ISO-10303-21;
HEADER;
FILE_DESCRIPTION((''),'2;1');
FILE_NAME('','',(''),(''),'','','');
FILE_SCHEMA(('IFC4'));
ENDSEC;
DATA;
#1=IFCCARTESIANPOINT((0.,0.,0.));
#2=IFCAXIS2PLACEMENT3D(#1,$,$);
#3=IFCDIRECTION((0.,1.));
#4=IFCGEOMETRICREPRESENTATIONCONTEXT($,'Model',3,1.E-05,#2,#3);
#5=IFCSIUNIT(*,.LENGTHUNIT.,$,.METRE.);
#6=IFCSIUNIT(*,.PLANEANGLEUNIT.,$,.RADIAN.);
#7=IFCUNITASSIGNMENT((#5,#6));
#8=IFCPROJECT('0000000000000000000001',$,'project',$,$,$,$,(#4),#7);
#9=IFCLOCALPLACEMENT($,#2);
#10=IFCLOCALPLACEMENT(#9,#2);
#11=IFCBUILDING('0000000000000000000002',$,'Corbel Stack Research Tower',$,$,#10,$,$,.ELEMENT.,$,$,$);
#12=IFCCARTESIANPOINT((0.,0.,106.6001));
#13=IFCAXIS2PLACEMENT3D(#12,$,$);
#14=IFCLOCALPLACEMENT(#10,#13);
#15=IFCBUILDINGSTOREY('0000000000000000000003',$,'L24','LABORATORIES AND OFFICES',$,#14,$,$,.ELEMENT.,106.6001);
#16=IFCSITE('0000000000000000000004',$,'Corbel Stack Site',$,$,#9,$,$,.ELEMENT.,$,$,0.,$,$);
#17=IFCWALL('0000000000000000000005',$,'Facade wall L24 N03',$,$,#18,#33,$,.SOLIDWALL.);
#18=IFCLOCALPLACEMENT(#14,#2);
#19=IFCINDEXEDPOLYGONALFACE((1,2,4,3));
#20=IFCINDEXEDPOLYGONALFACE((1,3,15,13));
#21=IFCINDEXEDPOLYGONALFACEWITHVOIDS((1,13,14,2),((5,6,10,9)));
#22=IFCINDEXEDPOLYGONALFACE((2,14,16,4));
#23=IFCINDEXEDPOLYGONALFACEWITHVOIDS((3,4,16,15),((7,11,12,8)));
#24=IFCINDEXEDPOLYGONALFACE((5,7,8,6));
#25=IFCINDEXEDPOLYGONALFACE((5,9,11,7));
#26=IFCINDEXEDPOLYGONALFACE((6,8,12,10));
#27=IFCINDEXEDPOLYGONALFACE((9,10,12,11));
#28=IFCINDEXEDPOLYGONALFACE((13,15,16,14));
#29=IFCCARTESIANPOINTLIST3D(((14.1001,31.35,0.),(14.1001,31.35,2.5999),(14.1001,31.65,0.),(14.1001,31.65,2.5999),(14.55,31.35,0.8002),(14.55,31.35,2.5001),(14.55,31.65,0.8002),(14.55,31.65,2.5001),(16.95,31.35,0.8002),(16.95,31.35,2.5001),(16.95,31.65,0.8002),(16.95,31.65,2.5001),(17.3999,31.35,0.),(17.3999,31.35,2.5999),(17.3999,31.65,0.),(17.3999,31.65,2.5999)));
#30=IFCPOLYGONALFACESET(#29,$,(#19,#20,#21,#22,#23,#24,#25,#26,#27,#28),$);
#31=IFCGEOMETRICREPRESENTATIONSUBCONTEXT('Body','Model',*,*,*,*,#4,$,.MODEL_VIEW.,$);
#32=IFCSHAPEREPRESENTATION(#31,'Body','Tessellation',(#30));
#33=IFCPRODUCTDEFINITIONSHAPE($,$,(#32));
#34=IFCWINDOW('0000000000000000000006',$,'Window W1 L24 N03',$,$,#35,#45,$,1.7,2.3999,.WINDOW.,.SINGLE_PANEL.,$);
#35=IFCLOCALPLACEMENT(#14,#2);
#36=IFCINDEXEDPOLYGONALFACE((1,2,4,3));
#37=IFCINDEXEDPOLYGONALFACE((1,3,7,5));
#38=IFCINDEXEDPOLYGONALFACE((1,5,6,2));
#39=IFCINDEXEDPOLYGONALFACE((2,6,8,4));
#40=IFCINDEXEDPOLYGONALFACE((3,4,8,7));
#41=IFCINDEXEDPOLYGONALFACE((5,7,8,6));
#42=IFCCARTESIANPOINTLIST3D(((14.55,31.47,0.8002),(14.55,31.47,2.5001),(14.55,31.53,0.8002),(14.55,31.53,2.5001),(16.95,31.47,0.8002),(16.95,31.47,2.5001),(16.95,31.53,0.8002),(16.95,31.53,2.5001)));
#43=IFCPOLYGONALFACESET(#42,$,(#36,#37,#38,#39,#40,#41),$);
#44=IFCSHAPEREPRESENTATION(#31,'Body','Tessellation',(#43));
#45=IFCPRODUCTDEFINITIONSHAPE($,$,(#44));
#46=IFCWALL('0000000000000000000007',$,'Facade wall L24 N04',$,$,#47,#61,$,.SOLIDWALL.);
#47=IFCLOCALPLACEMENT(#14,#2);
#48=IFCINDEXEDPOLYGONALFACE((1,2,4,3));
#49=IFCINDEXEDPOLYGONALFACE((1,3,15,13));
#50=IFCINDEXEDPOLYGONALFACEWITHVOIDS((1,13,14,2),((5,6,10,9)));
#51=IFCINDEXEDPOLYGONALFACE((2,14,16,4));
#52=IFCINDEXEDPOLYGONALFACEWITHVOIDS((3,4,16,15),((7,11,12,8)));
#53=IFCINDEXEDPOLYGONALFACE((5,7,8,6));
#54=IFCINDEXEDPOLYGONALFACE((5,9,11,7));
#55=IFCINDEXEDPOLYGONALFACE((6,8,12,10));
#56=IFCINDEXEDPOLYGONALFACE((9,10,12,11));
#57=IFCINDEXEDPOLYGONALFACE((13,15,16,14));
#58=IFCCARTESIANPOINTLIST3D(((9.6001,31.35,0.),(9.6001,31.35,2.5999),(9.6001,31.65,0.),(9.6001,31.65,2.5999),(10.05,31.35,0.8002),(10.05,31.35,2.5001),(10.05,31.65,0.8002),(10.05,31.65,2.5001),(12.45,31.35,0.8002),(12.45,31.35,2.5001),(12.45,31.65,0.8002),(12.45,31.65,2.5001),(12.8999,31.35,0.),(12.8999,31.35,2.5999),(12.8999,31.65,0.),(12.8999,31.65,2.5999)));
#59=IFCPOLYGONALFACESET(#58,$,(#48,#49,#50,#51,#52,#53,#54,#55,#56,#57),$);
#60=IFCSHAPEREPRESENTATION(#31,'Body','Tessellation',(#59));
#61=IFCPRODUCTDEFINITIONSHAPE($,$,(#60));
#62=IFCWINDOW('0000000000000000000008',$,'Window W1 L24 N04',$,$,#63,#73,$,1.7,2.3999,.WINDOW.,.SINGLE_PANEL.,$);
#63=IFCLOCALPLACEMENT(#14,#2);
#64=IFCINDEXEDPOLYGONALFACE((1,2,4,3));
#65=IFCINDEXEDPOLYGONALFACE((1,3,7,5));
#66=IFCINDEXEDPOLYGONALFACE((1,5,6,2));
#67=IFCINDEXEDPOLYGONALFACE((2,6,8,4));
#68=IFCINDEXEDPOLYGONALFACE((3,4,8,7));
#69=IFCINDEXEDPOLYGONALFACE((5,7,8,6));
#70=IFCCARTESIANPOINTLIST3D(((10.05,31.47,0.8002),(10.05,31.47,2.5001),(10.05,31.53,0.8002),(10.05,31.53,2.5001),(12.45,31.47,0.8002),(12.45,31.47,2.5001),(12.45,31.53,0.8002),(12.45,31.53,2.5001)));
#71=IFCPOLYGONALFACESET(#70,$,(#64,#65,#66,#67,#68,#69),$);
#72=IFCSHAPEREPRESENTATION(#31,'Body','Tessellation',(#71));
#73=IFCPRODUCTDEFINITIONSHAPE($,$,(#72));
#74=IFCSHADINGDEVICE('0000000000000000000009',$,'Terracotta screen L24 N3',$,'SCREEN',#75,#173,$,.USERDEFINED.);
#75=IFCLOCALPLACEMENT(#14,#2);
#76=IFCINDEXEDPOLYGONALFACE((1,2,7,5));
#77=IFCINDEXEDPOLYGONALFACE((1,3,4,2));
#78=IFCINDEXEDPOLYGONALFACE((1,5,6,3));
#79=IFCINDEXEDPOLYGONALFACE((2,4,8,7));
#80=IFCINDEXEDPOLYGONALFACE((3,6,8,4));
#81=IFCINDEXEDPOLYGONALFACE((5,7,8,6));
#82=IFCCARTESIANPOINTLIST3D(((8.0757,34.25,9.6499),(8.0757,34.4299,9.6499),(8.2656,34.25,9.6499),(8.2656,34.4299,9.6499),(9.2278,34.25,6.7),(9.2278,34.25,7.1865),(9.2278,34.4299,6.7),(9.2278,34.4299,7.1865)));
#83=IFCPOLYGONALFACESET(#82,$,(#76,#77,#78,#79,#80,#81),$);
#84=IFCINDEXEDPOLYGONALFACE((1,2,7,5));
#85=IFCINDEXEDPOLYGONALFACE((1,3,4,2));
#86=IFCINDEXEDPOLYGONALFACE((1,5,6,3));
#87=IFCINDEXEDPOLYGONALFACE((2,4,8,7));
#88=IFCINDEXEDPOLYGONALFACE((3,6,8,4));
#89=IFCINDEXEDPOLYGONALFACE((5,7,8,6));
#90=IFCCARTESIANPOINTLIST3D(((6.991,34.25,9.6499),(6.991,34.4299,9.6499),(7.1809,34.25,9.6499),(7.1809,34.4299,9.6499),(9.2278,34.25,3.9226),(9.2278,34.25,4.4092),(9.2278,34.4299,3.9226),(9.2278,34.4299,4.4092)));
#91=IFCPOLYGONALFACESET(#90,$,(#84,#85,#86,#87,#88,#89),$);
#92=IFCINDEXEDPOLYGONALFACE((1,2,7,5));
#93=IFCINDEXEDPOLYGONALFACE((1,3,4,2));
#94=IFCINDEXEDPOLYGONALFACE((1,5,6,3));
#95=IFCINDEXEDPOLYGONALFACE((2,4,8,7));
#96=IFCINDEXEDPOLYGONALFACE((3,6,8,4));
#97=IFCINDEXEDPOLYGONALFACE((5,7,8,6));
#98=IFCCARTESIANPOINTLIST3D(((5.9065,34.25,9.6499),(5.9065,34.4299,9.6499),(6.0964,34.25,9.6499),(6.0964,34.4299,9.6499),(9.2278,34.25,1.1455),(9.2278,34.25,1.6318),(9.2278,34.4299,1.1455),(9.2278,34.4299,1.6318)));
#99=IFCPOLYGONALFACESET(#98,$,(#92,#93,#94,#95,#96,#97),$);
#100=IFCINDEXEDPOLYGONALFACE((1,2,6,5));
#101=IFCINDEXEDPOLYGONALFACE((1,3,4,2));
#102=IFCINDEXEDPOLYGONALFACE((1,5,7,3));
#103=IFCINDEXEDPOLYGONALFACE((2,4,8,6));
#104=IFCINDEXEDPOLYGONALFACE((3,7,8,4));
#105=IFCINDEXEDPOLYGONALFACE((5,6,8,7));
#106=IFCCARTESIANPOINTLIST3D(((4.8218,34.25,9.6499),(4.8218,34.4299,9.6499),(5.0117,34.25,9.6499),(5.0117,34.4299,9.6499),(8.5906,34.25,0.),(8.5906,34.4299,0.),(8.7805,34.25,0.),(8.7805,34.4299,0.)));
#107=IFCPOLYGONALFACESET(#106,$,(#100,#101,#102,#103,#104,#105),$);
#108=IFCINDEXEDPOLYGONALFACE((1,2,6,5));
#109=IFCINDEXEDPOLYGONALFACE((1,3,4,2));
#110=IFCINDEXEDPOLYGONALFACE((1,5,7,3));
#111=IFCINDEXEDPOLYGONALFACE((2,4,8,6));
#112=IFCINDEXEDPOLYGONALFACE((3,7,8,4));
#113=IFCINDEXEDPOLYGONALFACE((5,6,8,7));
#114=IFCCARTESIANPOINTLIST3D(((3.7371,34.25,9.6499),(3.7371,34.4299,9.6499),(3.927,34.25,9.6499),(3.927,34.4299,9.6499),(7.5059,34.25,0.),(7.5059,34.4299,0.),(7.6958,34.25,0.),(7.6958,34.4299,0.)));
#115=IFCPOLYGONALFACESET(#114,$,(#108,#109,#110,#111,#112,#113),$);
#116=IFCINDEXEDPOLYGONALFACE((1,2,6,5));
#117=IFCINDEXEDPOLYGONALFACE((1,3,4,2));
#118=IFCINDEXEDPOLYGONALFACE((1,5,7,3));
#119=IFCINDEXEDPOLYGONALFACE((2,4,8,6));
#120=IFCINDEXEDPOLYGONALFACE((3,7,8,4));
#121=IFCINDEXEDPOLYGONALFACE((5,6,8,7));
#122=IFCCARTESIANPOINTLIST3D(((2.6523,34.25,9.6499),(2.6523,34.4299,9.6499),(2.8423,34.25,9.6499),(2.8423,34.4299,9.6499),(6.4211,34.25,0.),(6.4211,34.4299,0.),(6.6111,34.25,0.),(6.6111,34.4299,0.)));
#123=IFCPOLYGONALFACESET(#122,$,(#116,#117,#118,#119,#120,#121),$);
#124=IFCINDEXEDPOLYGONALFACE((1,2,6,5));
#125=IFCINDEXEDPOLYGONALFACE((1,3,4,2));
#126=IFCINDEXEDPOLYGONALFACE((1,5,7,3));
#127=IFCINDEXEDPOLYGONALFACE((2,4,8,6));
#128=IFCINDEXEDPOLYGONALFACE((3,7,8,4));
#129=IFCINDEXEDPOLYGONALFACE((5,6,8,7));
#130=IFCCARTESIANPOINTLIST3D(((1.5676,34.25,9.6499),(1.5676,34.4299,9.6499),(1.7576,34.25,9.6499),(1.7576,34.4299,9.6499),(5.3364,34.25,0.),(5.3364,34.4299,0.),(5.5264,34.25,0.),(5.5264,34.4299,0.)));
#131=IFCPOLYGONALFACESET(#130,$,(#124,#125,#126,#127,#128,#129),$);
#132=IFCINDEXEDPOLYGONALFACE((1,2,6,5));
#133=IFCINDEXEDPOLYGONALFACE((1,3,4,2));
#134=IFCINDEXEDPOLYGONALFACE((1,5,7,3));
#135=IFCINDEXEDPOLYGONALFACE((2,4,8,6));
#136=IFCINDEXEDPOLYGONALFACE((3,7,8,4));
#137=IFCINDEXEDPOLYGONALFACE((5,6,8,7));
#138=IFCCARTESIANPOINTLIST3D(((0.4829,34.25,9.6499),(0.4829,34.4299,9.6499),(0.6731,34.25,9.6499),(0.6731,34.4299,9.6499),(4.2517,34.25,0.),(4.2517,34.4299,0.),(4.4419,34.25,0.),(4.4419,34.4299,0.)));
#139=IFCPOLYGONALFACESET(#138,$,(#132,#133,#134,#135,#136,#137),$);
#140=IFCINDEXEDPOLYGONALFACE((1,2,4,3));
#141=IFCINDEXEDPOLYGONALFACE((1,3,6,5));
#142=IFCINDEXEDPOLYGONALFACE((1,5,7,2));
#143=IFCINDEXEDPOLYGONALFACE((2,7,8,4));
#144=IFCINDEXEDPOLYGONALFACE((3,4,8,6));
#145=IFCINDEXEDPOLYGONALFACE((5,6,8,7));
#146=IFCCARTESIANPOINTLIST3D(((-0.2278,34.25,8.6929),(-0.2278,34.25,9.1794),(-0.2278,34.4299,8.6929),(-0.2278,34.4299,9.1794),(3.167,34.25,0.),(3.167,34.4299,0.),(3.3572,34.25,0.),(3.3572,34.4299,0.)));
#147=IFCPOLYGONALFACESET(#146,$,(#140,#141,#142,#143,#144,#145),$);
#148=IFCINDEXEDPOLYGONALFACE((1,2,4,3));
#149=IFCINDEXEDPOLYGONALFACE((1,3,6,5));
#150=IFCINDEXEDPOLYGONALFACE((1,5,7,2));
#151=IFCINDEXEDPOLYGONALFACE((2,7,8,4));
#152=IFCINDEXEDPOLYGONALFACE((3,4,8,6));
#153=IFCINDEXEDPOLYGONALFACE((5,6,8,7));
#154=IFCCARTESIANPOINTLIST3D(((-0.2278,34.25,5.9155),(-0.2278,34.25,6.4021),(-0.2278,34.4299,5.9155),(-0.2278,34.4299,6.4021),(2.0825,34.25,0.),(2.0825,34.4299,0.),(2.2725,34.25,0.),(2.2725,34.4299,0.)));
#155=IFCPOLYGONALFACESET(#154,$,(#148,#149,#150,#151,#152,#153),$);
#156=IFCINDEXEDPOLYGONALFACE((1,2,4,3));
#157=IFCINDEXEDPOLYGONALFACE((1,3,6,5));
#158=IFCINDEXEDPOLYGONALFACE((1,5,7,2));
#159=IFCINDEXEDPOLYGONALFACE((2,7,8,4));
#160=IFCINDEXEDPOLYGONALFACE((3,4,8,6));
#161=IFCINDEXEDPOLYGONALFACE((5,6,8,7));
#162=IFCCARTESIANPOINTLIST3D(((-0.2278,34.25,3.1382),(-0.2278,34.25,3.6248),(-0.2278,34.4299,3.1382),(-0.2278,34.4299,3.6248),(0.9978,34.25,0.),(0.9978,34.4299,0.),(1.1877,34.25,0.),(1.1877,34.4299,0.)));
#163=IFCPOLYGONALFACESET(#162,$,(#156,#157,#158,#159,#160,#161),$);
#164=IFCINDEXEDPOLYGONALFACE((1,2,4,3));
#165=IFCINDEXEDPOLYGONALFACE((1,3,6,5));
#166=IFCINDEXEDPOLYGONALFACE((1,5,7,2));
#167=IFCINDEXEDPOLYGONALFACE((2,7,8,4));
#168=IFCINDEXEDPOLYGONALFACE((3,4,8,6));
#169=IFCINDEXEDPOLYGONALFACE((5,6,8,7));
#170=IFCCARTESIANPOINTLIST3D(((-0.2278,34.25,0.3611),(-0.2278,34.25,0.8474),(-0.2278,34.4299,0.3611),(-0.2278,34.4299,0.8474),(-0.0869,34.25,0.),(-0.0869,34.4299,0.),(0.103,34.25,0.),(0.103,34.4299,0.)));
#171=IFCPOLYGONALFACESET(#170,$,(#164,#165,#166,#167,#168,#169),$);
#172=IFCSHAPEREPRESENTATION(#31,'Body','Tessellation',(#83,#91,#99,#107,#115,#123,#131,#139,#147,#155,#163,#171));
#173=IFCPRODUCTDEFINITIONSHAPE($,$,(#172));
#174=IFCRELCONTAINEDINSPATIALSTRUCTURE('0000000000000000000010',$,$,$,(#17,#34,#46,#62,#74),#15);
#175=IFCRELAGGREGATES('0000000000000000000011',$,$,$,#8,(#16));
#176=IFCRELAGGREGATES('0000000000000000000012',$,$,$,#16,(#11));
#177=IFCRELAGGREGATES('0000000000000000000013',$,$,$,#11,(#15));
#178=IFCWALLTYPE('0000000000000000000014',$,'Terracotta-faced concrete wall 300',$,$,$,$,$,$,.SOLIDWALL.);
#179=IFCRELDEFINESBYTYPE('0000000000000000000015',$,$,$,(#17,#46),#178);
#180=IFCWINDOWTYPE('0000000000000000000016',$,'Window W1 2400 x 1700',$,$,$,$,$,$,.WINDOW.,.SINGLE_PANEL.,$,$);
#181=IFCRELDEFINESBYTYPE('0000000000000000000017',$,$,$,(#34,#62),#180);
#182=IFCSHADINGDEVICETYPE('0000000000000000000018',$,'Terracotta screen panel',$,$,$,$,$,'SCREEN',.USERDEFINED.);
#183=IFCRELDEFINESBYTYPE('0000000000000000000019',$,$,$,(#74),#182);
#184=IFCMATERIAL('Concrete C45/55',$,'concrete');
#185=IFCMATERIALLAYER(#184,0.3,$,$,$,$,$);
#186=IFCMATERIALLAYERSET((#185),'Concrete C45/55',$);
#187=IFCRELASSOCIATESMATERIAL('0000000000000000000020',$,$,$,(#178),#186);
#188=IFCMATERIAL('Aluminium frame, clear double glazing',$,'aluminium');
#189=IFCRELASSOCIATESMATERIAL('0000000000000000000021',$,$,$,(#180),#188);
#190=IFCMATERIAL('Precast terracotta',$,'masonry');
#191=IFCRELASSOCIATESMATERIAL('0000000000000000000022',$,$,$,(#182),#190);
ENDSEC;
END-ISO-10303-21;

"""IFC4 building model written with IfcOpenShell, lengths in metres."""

from ifc_helpers import new_model, si_unit, direction, frame, frame_2d, origin, place, context, subcontext, project, spatial, polyline, rectangle, outline, extrude, source, transform, mapped, material, layer, layer_set, type_object, element, fill, save


model = new_model("IFC4")

# Units and contexts
model_context = context("Model", 3, precision=1e-05, world=origin(), true_north=direction((0.0, 1.0)))
body_context = subcontext(model_context, "Body", "Model", "MODEL_VIEW")
ifc_project = project(units=[si_unit("LENGTHUNIT", "METRE"), si_unit("PLANEANGLEUNIT", "RADIAN")], contexts=[model_context])

# Site, building, storey
site_placement = place(None, origin())
site = spatial("IfcSite", under=ifc_project, at=site_placement, Name="Corbel Stack Site", CompositionType="ELEMENT", RefElevation=0.0)
building_placement = place(site_placement, origin())
building = spatial("IfcBuilding", under=site, at=building_placement, Name="Corbel Stack Research Tower", CompositionType="ELEMENT")
storey_placement = place(building_placement, frame((0.0, 0.0, 106.6001)))
storey = spatial("IfcBuildingStorey", under=building, at=storey_placement, Name="L24", Description="LABORATORIES AND OFFICES", CompositionType="ELEMENT", Elevation=106.6001)

# Walls, openings, windows
ifc_material_1 = material(Name="Concrete C45/55", Category="concrete")
ifc_layer_1 = layer(ifc_material_1, 0.3)
ifc_layer_set_1 = layer_set([ifc_layer_1], Name="Concrete C45/55")
wall_type_1 = type_object("IfcWallType", Name="Terracotta-faced concrete wall 300", PredefinedType="SOLIDWALL", material=ifc_layer_set_1)
wall_1_placement = place(storey_placement, frame((14.1001, 31.5, 0.0), z_axis=(0.0, 0.0, 1.0), x_axis=(1.0, 0.0, 0.0)))
wall_1 = element("IfcWall", 1, at=wall_1_placement, inside=storey, type_object=wall_type_1, Name="Facade wall L24 N03", PredefinedType="SOLIDWALL", context=body_context, shape_type="SweptSolid", body=[
    extrude(rectangle(XDim=3.2998, YDim=0.3, at=frame_2d((1.6499, 0.0))), origin(), (0.0, 0.0, 1.0), 2.5999),
])
opening_1_placement = place(wall_1_placement, frame((0.45, 0.0, 0.8)))
opening_1 = element("IfcOpeningElement", 2, at=opening_1_placement, cuts=wall_1, PredefinedType="OPENING", context=body_context, shape_type="SweptSolid", body=[
    extrude(rectangle(XDim=2.3999, YDim=1.7, at=frame_2d((1.2, 0.8501))), frame((0.0, 0.1599, 0.0), z_axis=(0.0, -1.0, 0.0), x_axis=(1.0, 0.0, 0.0)), (0.0, 0.0, 1.0), 0.3201),
])
ifc_material_2 = material(Name="Aluminium frame, clear double glazing", Category="aluminium")
window_type = type_object("IfcWindowType", Name="Window W1 2400 x 1700", PartitioningType="SINGLE_PANEL", PredefinedType="WINDOW", material=ifc_material_2)
window_1_placement = place(opening_1_placement, origin())
window_1 = element("IfcWindow", 3, at=window_1_placement, inside=storey, type_object=window_type, Name="Window W1 L24 N03", OverallHeight=1.7, OverallWidth=2.3999, PartitioningType="SINGLE_PANEL", PredefinedType="WINDOW", context=body_context, shape_type="SweptSolid", body=[
    extrude(rectangle(XDim=2.3999, YDim=1.7, at=frame_2d((1.2, 0.8501))), frame((0.0, 0.03, 0.0), z_axis=(0.0, -1.0, 0.0), x_axis=(1.0, 0.0, 0.0)), (0.0, 0.0, 1.0), 0.0601),
])
fill(opening_1, window_1)
wall_2_placement = place(storey_placement, frame((9.6001, 31.5, 0.0), z_axis=(0.0, 0.0, 1.0), x_axis=(1.0, 0.0, 0.0)))
wall_2 = element("IfcWall", 4, at=wall_2_placement, inside=storey, type_object=wall_type_1, Name="Facade wall L24 N04", PredefinedType="SOLIDWALL", context=body_context, shape_type="SweptSolid", body=[
    extrude(rectangle(XDim=3.2998, YDim=0.3, at=frame_2d((1.6499, 0.0))), origin(), (0.0, 0.0, 1.0), 2.5999),
])
opening_2_placement = place(wall_2_placement, frame((0.45, 0.0, 0.8)))
opening_2 = element("IfcOpeningElement", 5, at=opening_2_placement, cuts=wall_2, PredefinedType="OPENING", context=body_context, shape_type="SweptSolid", body=[
    extrude(rectangle(XDim=2.3999, YDim=1.7, at=frame_2d((1.2, 0.8501))), frame((0.0, 0.1599, 0.0), z_axis=(0.0, -1.0, 0.0), x_axis=(1.0, 0.0, 0.0)), (0.0, 0.0, 1.0), 0.3201),
])
window_2_placement = place(opening_2_placement, origin())
window_2 = element("IfcWindow", 6, at=window_2_placement, inside=storey, type_object=window_type, Name="Window W1 L24 N04", OverallHeight=1.7, OverallWidth=2.3999, PartitioningType="SINGLE_PANEL", PredefinedType="WINDOW", context=body_context, shape_type="SweptSolid", body=[
    extrude(rectangle(XDim=2.3999, YDim=1.7, at=frame_2d((1.2, 0.8501))), frame((0.0, 0.03, 0.0), z_axis=(0.0, -1.0, 0.0), x_axis=(1.0, 0.0, 0.0)), (0.0, 0.0, 1.0), 0.0601),
])
fill(opening_2, window_2)

# Shading device
ifc_material_3 = material(Name="Precast terracotta", Category="masonry")
shading_device_type = type_object("IfcShadingDeviceType", Name="Terracotta screen panel", ElementType="SCREEN", PredefinedType="USERDEFINED", material=ifc_material_3)
shared_shape = source(origin(), body_context, "Body", "SweptSolid", [
    extrude(outline(polyline([(1.1521, 9.6499), (0.9622, 9.6499), (0.0, 7.1865), (0.0, 6.7), (1.1521, 9.6499)])), frame((0.0, 0.0, 0.0), z_axis=(0.0, -1.0, 0.0), x_axis=(1.0, 0.0, 0.0)), (0.0, 0.0, 1.0), 0.1799),
    extrude(outline(polyline([(2.2368, 9.6499), (2.0469, 9.6499), (0.0, 4.4092), (0.0, 3.9226), (2.2368, 9.6499)])), frame((0.0, 0.0, 0.0), z_axis=(0.0, -1.0, 0.0), x_axis=(1.0, 0.0, 0.0)), (0.0, 0.0, 1.0), 0.1799),
    extrude(outline(polyline([(3.3213, 9.6499), (3.1313, 9.6499), (0.0, 1.6318), (0.0, 1.1455), (3.3213, 9.6499)])), frame((0.0, 0.0, 0.0), z_axis=(0.0, -1.0, 0.0), x_axis=(1.0, 0.0, 0.0)), (0.0, 0.0, 1.0), 0.1799),
    extrude(outline(polyline([(0.6372, 0.0), (4.406, 9.6499), (4.2161, 9.6499), (0.4473, 0.0), (0.6372, 0.0)])), frame((0.0, 0.0, 0.0), z_axis=(0.0, -1.0, 0.0), x_axis=(1.0, 0.0, 0.0)), (0.0, 0.0, 1.0), 0.1799),
    extrude(outline(polyline([(1.7219, 0.0), (5.4907, 9.6499), (5.3008, 9.6499), (1.532, 0.0), (1.7219, 0.0)])), frame((0.0, 0.0, 0.0), z_axis=(0.0, -1.0, 0.0), x_axis=(1.0, 0.0, 0.0)), (0.0, 0.0, 1.0), 0.1799),
    extrude(outline(polyline([(2.8066, 0.0), (6.5754, 9.6499), (6.3855, 9.6499), (2.6167, 0.0), (2.8066, 0.0)])), frame((0.0, 0.0, 0.0), z_axis=(0.0, -1.0, 0.0), x_axis=(1.0, 0.0, 0.0)), (0.0, 0.0, 1.0), 0.1799),
    extrude(outline(polyline([(3.8914, 0.0), (7.6602, 9.6499), (7.4702, 9.6499), (3.7014, 0.0), (3.8914, 0.0)])), frame((0.0, 0.0, 0.0), z_axis=(0.0, -1.0, 0.0), x_axis=(1.0, 0.0, 0.0)), (0.0, 0.0, 1.0), 0.1799),
    extrude(outline(polyline([(4.9761, 0.0), (8.7449, 9.6499), (8.5547, 9.6499), (4.7859, 0.0), (4.9761, 0.0)])), frame((0.0, 0.0, 0.0), z_axis=(0.0, -1.0, 0.0), x_axis=(1.0, 0.0, 0.0)), (0.0, 0.0, 1.0), 0.1799),
    extrude(outline(polyline([(6.0608, 0.0), (9.4556, 8.6929), (9.4556, 9.1794), (5.8706, 0.0), (6.0608, 0.0)])), frame((0.0, 0.0, 0.0), z_axis=(0.0, -1.0, 0.0), x_axis=(1.0, 0.0, 0.0)), (0.0, 0.0, 1.0), 0.1799),
    extrude(outline(polyline([(7.1453, 0.0), (9.4556, 5.9155), (9.4556, 6.4021), (6.9553, 0.0), (7.1453, 0.0)])), frame((0.0, 0.0, 0.0), z_axis=(0.0, -1.0, 0.0), x_axis=(1.0, 0.0, 0.0)), (0.0, 0.0, 1.0), 0.1799),
    extrude(outline(polyline([(8.23, 0.0), (9.4556, 3.1382), (9.4556, 3.6248), (8.04, 0.0), (8.23, 0.0)])), frame((0.0, 0.0, 0.0), z_axis=(0.0, -1.0, 0.0), x_axis=(1.0, 0.0, 0.0)), (0.0, 0.0, 1.0), 0.1799),
    extrude(outline(polyline([(9.3147, 0.0), (9.4556, 0.3611), (9.4556, 0.8474), (9.1248, 0.0), (9.3147, 0.0)])), frame((0.0, 0.0, 0.0), z_axis=(0.0, -1.0, 0.0), x_axis=(1.0, 0.0, 0.0)), (0.0, 0.0, 1.0), 0.1799),
])
shading_device_placement = place(storey_placement, frame((9.2278, 34.25, 0.0), z_axis=(0.0, 0.0, 1.0), x_axis=(-1.0, 0.0, 0.0)))
element("IfcShadingDevice", 7, at=shading_device_placement, inside=storey, type_object=shading_device_type, Name="Terracotta screen L24 N3", ObjectType="SCREEN", PredefinedType="USERDEFINED", context=body_context, shape_type="MappedRepresentation", body=[
    mapped(shared_shape, transform((0.0, 0.0, 0.0))),
])

save(model, "model.ifc")
